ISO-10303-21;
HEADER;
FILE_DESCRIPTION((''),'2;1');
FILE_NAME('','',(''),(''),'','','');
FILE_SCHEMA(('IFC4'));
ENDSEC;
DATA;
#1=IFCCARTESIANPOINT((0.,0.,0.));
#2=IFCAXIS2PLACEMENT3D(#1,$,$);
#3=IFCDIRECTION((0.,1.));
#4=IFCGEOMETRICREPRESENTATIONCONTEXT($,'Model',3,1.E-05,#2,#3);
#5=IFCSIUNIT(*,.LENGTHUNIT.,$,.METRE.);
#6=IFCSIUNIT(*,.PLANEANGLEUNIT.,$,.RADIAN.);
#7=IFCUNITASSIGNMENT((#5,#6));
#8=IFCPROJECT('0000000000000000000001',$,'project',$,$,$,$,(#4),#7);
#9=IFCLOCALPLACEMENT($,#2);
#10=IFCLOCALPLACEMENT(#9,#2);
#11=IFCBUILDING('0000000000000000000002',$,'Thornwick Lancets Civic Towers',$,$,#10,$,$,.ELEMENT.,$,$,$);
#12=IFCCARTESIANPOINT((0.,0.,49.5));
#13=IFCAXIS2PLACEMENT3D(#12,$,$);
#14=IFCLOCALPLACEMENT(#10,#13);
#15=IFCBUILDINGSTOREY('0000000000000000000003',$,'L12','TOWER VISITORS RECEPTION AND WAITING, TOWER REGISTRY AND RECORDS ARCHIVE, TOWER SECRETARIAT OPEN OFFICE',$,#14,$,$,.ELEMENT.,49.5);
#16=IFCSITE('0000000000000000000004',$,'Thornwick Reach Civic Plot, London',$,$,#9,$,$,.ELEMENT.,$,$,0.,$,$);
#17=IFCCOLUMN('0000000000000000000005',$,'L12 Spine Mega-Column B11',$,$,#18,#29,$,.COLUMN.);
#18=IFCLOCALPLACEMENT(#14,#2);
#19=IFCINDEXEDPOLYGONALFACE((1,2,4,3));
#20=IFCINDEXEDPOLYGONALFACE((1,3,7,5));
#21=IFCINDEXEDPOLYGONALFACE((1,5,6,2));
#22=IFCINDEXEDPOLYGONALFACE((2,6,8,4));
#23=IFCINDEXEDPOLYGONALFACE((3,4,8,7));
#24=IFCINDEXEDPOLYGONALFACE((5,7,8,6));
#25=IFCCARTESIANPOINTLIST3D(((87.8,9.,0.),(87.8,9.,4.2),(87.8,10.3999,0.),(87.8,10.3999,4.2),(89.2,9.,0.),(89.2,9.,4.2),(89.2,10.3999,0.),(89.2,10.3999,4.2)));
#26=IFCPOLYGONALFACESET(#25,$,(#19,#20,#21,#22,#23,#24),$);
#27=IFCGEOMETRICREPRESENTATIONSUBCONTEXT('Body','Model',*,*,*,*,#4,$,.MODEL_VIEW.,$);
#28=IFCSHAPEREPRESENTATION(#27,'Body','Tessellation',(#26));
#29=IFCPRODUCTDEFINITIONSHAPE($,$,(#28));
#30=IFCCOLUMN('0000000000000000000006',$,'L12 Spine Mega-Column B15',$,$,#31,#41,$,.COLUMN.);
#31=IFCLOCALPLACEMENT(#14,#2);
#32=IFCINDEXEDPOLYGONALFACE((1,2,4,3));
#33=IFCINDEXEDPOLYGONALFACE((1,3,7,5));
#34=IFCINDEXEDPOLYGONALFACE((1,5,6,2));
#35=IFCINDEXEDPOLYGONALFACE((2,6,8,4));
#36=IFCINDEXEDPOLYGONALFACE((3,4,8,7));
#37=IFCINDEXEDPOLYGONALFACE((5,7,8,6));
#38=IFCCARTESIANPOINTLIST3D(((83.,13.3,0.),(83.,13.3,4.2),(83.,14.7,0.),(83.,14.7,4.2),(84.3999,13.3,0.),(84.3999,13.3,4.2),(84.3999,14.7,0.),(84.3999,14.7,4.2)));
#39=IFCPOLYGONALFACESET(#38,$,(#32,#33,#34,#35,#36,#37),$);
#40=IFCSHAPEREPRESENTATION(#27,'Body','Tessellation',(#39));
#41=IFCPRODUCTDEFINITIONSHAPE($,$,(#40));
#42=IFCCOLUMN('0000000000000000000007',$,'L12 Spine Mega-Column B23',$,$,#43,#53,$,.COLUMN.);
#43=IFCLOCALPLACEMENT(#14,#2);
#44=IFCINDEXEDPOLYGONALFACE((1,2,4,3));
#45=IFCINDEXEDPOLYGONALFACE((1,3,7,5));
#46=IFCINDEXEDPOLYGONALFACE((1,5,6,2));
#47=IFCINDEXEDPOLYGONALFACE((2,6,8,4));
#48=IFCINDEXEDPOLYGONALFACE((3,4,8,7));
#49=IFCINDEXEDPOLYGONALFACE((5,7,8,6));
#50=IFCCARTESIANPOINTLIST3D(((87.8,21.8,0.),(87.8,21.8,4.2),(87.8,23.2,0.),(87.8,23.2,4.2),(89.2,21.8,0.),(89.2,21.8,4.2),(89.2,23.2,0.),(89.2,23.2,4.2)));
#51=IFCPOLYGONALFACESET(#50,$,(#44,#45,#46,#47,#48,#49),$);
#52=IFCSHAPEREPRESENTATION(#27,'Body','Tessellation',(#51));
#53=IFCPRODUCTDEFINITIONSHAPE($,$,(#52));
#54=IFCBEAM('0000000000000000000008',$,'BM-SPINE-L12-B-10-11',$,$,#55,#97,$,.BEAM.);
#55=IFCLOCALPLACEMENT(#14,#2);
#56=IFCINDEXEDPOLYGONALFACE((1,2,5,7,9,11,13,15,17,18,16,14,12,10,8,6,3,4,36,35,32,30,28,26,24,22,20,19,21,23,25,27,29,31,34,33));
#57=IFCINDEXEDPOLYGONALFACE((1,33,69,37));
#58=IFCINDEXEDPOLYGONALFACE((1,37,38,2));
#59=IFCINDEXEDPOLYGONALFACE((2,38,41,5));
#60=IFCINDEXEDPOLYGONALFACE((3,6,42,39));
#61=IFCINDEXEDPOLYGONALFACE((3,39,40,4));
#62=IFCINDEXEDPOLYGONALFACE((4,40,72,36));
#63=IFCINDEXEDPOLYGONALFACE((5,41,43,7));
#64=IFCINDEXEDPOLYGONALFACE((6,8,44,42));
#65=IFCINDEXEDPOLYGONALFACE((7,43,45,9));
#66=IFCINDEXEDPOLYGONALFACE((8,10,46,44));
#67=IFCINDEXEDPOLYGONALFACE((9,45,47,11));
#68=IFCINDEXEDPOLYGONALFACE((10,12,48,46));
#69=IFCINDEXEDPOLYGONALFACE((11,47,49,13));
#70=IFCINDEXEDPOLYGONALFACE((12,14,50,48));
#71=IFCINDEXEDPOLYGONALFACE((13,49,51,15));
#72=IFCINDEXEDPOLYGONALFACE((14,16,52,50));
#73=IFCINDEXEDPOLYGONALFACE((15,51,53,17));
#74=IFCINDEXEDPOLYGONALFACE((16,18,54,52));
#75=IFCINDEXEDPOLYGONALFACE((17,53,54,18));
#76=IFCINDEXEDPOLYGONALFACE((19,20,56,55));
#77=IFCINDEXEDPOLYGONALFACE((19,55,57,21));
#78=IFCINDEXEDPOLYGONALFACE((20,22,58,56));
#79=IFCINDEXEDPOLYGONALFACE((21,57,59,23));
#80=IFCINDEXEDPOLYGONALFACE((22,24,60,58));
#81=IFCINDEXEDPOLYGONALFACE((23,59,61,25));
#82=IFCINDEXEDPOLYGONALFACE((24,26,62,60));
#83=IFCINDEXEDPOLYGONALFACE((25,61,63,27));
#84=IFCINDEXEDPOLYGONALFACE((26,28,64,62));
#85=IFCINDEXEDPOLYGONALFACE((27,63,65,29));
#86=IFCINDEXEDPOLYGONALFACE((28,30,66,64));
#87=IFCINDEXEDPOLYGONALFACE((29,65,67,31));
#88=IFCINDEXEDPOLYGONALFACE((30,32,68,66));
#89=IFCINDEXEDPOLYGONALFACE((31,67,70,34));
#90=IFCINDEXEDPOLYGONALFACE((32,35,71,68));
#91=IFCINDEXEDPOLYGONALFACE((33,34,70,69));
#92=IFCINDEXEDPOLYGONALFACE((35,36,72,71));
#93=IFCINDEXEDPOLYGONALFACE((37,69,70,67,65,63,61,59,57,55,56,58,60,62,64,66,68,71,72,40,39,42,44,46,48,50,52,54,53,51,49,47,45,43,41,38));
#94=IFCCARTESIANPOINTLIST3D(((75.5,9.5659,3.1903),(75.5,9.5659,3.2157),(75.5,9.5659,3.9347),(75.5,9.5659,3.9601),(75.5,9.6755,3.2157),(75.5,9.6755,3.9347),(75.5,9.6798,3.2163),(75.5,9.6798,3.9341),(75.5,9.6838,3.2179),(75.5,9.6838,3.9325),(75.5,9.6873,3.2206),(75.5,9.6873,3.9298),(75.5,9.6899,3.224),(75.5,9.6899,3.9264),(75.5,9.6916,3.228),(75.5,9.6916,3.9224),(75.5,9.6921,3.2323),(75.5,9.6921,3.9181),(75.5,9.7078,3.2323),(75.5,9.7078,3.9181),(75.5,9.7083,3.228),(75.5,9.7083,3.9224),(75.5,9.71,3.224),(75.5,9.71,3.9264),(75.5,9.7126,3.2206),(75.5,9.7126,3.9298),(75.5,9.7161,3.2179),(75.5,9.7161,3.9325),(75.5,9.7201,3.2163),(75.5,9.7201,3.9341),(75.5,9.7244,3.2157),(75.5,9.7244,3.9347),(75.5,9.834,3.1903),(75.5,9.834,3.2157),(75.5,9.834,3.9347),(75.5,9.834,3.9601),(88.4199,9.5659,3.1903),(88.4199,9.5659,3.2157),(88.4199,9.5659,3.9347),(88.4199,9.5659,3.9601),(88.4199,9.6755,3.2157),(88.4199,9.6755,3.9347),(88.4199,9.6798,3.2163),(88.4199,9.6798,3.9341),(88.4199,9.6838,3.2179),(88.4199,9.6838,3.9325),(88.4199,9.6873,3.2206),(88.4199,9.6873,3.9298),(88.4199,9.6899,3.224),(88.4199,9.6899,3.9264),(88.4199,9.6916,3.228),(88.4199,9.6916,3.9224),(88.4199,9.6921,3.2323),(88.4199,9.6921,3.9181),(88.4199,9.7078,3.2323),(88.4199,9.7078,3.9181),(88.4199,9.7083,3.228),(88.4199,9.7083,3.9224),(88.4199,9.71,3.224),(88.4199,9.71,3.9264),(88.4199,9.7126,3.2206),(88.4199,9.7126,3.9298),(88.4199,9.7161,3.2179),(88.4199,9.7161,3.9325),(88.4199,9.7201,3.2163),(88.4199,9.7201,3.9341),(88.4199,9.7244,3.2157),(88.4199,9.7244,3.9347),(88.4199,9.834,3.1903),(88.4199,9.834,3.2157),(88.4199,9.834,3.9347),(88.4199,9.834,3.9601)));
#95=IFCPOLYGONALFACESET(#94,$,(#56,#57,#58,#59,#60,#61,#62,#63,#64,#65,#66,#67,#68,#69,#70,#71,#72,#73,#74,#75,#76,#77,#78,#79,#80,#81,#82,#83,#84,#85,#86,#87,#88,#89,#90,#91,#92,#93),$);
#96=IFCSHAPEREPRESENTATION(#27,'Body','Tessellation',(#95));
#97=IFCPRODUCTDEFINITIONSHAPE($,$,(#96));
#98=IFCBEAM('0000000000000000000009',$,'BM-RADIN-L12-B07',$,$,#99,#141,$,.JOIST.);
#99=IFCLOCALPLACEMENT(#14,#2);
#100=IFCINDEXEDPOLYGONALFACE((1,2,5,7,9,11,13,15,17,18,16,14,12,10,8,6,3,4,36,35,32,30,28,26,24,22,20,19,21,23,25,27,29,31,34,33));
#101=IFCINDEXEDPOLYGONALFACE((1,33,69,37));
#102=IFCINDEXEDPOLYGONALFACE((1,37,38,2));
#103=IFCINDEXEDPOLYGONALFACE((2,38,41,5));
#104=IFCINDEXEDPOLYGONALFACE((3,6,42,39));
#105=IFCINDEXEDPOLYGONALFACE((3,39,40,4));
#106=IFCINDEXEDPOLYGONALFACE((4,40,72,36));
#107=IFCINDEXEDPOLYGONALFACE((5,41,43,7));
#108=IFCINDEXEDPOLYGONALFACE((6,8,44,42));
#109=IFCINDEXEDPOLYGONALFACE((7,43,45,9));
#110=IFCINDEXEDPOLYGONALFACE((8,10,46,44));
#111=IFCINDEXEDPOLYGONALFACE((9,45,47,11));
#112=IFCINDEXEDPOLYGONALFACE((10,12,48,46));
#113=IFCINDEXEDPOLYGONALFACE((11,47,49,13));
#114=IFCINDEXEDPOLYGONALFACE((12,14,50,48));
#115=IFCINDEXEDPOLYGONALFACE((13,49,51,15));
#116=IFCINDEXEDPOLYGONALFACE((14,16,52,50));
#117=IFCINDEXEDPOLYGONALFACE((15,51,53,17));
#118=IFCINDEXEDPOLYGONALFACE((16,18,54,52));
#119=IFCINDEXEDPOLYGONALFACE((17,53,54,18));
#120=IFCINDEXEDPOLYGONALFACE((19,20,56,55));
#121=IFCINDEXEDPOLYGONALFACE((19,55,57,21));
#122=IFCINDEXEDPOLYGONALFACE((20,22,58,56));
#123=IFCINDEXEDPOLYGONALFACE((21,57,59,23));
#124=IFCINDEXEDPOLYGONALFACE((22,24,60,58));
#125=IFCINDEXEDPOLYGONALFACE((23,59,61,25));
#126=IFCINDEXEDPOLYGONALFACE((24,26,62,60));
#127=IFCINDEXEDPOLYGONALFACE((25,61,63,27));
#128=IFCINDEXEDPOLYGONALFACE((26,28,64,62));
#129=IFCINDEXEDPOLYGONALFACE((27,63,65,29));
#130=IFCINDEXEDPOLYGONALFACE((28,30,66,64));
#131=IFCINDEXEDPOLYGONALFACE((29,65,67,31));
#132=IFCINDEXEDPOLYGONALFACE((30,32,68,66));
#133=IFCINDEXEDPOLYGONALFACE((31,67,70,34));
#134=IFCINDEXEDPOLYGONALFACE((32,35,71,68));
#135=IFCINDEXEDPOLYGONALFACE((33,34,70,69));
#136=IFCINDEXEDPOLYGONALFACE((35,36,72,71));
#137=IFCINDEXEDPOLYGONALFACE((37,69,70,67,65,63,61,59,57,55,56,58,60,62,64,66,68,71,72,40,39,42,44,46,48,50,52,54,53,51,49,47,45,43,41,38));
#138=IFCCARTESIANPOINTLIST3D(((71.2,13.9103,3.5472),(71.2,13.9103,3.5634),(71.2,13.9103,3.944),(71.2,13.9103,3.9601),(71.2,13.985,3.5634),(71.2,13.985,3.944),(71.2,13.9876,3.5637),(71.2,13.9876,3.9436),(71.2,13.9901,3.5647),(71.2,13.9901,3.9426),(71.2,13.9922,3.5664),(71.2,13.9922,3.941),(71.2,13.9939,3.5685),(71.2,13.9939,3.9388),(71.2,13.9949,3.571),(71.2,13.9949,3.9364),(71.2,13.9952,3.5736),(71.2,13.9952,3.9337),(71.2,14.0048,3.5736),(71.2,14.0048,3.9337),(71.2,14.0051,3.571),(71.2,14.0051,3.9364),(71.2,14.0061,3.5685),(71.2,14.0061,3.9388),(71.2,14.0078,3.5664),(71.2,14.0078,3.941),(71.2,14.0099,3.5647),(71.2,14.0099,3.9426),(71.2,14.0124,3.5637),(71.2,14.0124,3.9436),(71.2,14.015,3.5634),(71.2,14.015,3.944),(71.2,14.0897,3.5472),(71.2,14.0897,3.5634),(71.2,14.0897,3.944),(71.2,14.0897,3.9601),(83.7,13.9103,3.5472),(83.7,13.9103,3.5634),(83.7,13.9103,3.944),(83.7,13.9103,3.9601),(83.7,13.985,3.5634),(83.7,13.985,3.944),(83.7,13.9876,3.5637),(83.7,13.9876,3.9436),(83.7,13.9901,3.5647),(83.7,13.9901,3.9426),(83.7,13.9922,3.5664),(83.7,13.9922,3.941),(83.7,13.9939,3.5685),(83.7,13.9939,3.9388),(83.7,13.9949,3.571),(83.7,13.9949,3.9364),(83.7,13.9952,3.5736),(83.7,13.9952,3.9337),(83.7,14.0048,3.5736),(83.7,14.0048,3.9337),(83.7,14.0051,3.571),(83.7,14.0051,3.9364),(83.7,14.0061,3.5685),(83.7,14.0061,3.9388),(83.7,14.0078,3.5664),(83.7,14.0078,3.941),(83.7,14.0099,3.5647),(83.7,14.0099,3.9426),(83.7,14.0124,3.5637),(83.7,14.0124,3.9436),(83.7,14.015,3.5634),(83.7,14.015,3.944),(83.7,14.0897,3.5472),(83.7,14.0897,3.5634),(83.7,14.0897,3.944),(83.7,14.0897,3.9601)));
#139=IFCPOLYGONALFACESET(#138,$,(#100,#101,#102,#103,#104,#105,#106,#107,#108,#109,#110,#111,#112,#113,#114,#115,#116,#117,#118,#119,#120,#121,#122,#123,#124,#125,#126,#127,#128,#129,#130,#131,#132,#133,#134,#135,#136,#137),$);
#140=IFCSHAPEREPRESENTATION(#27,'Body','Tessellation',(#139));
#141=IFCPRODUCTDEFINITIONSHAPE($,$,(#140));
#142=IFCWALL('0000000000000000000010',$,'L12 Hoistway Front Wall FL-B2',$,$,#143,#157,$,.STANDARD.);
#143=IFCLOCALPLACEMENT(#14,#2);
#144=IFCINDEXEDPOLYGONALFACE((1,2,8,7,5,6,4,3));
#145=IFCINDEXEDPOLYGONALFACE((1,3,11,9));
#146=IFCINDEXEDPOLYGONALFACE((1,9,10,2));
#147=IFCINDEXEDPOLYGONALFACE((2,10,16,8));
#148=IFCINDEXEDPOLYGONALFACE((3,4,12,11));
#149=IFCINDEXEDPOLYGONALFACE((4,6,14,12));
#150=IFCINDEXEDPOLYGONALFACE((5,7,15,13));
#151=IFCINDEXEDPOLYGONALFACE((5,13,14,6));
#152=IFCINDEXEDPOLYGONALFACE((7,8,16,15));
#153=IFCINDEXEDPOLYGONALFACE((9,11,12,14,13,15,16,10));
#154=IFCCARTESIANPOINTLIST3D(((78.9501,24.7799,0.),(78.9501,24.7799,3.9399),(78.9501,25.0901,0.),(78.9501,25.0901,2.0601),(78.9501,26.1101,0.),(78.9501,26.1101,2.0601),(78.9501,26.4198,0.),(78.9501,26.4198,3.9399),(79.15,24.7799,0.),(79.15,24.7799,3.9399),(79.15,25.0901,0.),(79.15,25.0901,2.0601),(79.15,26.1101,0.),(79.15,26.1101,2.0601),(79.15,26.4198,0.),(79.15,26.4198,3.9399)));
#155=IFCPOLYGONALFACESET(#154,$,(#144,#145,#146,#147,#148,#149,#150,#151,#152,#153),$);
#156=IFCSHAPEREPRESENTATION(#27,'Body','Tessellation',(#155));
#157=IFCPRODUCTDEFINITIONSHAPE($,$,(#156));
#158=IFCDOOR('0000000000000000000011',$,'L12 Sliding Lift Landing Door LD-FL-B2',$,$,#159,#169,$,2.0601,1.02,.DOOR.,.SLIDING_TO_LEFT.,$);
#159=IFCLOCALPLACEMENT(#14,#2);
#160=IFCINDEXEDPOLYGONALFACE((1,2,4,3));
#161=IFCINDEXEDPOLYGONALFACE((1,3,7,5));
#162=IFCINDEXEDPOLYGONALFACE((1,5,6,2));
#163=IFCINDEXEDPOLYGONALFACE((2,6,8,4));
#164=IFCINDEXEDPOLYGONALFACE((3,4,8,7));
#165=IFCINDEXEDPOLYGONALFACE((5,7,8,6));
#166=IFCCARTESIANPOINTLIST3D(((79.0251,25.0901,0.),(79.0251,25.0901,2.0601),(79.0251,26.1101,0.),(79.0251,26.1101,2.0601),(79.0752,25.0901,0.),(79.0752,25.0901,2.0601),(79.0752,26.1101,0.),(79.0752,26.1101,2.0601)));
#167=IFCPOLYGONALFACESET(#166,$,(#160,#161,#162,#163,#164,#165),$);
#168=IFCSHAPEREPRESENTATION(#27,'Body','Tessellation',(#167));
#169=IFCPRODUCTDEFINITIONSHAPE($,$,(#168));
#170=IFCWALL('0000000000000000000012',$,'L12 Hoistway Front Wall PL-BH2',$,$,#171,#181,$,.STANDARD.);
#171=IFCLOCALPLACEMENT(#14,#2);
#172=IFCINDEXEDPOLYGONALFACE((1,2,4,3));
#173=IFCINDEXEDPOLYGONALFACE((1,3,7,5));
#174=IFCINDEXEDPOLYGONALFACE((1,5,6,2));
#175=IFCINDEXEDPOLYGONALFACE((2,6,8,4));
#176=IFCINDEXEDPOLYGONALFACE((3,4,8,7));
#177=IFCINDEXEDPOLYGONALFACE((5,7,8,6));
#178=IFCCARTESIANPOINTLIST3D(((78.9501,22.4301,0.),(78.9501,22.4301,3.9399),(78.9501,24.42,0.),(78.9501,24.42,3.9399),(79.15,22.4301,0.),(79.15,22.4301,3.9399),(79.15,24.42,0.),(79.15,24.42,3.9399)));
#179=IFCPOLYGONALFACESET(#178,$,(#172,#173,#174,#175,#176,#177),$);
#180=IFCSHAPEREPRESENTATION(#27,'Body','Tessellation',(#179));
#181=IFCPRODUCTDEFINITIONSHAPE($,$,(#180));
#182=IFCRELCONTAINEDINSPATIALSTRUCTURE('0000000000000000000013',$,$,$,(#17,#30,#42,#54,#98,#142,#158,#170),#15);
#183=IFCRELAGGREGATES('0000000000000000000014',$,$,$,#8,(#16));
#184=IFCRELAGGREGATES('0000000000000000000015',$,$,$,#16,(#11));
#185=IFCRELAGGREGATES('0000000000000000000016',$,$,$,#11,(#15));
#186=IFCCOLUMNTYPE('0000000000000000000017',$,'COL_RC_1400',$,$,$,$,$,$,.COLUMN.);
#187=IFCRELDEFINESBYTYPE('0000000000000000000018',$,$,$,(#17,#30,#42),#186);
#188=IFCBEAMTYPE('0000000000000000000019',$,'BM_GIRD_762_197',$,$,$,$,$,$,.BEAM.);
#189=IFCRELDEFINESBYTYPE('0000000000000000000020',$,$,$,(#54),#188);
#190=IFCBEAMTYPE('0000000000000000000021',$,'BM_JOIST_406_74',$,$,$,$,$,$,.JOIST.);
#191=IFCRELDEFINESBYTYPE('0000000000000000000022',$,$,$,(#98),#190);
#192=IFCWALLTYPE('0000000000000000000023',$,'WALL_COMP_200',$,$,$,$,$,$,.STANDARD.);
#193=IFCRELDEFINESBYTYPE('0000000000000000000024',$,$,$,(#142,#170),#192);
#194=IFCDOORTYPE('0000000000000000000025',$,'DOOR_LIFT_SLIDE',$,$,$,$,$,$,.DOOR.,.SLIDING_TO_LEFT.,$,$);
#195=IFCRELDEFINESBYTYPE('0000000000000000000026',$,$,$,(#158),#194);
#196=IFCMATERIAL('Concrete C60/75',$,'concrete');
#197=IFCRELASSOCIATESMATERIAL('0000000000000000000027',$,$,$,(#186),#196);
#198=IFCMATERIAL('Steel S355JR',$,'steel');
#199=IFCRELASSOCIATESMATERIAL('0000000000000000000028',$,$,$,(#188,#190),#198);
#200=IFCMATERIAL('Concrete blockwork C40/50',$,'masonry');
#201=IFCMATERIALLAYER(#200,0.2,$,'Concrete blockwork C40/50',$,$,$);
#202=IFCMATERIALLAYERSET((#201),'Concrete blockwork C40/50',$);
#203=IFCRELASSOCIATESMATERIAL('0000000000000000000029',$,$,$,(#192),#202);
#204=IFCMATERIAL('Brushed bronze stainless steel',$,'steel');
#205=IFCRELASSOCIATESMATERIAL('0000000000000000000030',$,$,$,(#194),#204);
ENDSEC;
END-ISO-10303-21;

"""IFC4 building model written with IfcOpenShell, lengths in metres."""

from ifc_helpers import new_model, si_unit, direction, frame, frame_2d, origin, origin_2d, place, context, subcontext, project, spatial, rectangle, i_section, extrude, material, layer, layer_set, material_profile, profile_set, type_object, element, fill, save


model = new_model("IFC4")

# Units and contexts
model_context = context("Model", 3, precision=1e-05, world=origin(), true_north=direction((0.0, 1.0)))
body_context = subcontext(model_context, "Body", "Model", "MODEL_VIEW")
ifc_project = project(units=[si_unit("LENGTHUNIT", "METRE"), si_unit("PLANEANGLEUNIT", "RADIAN")], contexts=[model_context])

# Site, building, storey
site_placement = place(None, origin())
site = spatial("IfcSite", under=ifc_project, at=site_placement, Name="Thornwick Reach Civic Plot, London", CompositionType="ELEMENT", RefElevation=0.0)
building_placement = place(site_placement, origin())
building = spatial("IfcBuilding", under=site, at=building_placement, Name="Thornwick Lancets Civic Towers", CompositionType="ELEMENT")
storey_placement = place(building_placement, frame((0.0, 0.0, 49.5)))
storey = spatial("IfcBuildingStorey", under=building, at=storey_placement, Name="L12", Description="TOWER VISITORS RECEPTION AND WAITING, TOWER REGISTRY AND RECORDS ARCHIVE, TOWER SECRETARIAT OPEN OFFICE", CompositionType="ELEMENT", Elevation=49.5)

# Columns
ifc_material_1 = material(Name="Concrete C60/75", Category="concrete")
ifc_material_profile_1 = material_profile(ifc_material_1, rectangle(XDim=1.3999, YDim=1.3999, at=origin_2d()), Name="RC 1400x1400")
ifc_profile_set_1 = profile_set([ifc_material_profile_1], Name="Concrete C60/75")
column_type = type_object("IfcColumnType", Name="COL_RC_1400", PredefinedType="COLUMN", material=ifc_profile_set_1)
for number, where, z_axis, x_axis, name in (
    (1, (88.5, 9.7, 0.0), (0.0, 0.0, 1.0), (1.0, 0.0, 0.0), "L12 Spine Mega-Column B11"),
    (2, (83.7, 14.0, 0.0), (0.0, 0.0, 1.0), (1.0, 0.0, 0.0), "L12 Spine Mega-Column B15"),
    (3, (88.5, 22.5, 0.0), (0.0, 0.0, 1.0), (1.0, 0.0, 0.0), "L12 Spine Mega-Column B23"),
):
    element("IfcColumn", number, at=place(storey_placement, frame(where, z_axis=z_axis, x_axis=x_axis)), inside=storey, type_object=column_type, Name=name, PredefinedType="COLUMN", context=body_context, shape_type="SweptSolid", body=[
        extrude(rectangle(XDim=1.3999, YDim=1.3999, at=origin_2d()), origin(), (0.0, 0.0, 1.0), 4.2),
    ])

# Beams
ifc_material_2 = material(Name="Steel S355JR", Category="steel")
ifc_material_profile_2 = material_profile(ifc_material_2, i_section(OverallWidth=0.2681, OverallDepth=0.7698, WebThickness=0.0156, FlangeThickness=0.0254, FilletRadius=0.0166, at=origin_2d()), Name="UKB 762x267x197")
ifc_profile_set_2 = profile_set([ifc_material_profile_2], Name="Steel S355JR")
beam_type_1 = type_object("IfcBeamType", Name="BM_GIRD_762_197", PredefinedType="BEAM", material=ifc_profile_set_2)
beam_1_placement = place(storey_placement, frame((88.4199, 9.7, 3.5752), z_axis=(-1.0, 0.0, 0.0), x_axis=(0.0, -1.0, 0.0)))
element("IfcBeam", 4, at=beam_1_placement, inside=storey, type_object=beam_type_1, Name="BM-SPINE-L12-B-10-11", PredefinedType="BEAM", context=body_context, shape_type="SweptSolid", body=[
    extrude(i_section(OverallWidth=0.2681, OverallDepth=0.7698, WebThickness=0.0156, FlangeThickness=0.0254, FilletRadius=0.0166, at=origin_2d()), origin(), (0.0, 0.0, 1.0), 12.9199),
])
ifc_material_profile_3 = material_profile(ifc_material_2, i_section(OverallWidth=0.1794, OverallDepth=0.4128, WebThickness=0.0095, FlangeThickness=0.0161, FilletRadius=0.0103, at=origin_2d()), Name="UKB 406x178x74")
ifc_profile_set_3 = profile_set([ifc_material_profile_3], Name="Steel S355JR")
beam_type_2 = type_object("IfcBeamType", Name="BM_JOIST_406_74", PredefinedType="JOIST", material=ifc_profile_set_3)
beam_2_placement = place(storey_placement, frame((83.7, 14.0, 3.7537), z_axis=(-1.0, 0.0, 0.0), x_axis=(0.0, -1.0, 0.0)))
element("IfcBeam", 5, at=beam_2_placement, inside=storey, type_object=beam_type_2, Name="BM-RADIN-L12-B07", PredefinedType="JOIST", context=body_context, shape_type="SweptSolid", body=[
    extrude(i_section(OverallWidth=0.1794, OverallDepth=0.4128, WebThickness=0.0095, FlangeThickness=0.0161, FilletRadius=0.0103, at=origin_2d()), origin(), (0.0, 0.0, 1.0), 12.5),
])

# Wall, opening, door
ifc_material_3 = material(Name="Concrete blockwork C40/50", Category="masonry")
ifc_layer_1 = layer(ifc_material_3, 0.2, Name="Concrete blockwork C40/50")
ifc_layer_set_1 = layer_set([ifc_layer_1], Name="Concrete blockwork C40/50")
wall_type_1 = type_object("IfcWallType", Name="WALL_COMP_200", PredefinedType="STANDARD", material=ifc_layer_set_1)
wall_1_placement = place(storey_placement, frame((79.05, 24.78, 0.0), z_axis=(0.0, 0.0, 1.0), x_axis=(0.0, 1.0, 0.0)))
wall_1 = element("IfcWall", 6, at=wall_1_placement, inside=storey, type_object=wall_type_1, Name="L12 Hoistway Front Wall FL-B2", PredefinedType="STANDARD", context=body_context, shape_type="SweptSolid", body=[
    extrude(rectangle(XDim=1.6399, YDim=0.2, at=frame_2d((0.8198, 0.0))), origin(), (0.0, 0.0, 1.0), 3.9399),
])
opening_1_placement = place(wall_1_placement, frame((0.3101, 0.0, 0.0)))
opening_1 = element("IfcOpeningElement", 7, at=opening_1_placement, cuts=wall_1, PredefinedType="OPENING", context=body_context, shape_type="SweptSolid", body=[
    extrude(rectangle(XDim=1.02, YDim=2.0601, at=frame_2d((0.51, 1.03))), frame((0.0, 0.1099, 0.0), z_axis=(0.0, -1.0, 0.0), x_axis=(1.0, 0.0, 0.0)), (0.0, 0.0, 1.0), 0.22),
])
ifc_material_4 = material(Name="Brushed bronze stainless steel", Category="steel")
door_type_1 = type_object("IfcDoorType", Name="DOOR_LIFT_SLIDE", OperationType="SLIDING_TO_LEFT", PredefinedType="DOOR", material=ifc_material_4)
door_1_placement = place(opening_1_placement, origin())
door_1 = element("IfcDoor", 8, at=door_1_placement, inside=storey, type_object=door_type_1, Name="L12 Sliding Lift Landing Door LD-FL-B2", OperationType="SLIDING_TO_LEFT", OverallHeight=2.0601, OverallWidth=1.02, PredefinedType="DOOR", context=body_context, shape_type="SweptSolid", body=[
    extrude(rectangle(XDim=1.02, YDim=2.0601, at=frame_2d((0.51, 1.03))), frame((0.0, 0.0249, 0.0), z_axis=(0.0, -1.0, 0.0), x_axis=(1.0, 0.0, 0.0)), (0.0, 0.0, 1.0), 0.05),
])
fill(opening_1, door_1)

# Wall
wall_2_placement = place(storey_placement, frame((79.05, 22.4299, 0.0), z_axis=(0.0, 0.0, 1.0), x_axis=(0.0, 1.0, 0.0)))
element("IfcWall", 9, at=wall_2_placement, inside=storey, type_object=wall_type_1, Name="L12 Hoistway Front Wall PL-BH2", PredefinedType="STANDARD", context=body_context, shape_type="SweptSolid", body=[
    extrude(rectangle(XDim=1.99, YDim=0.2, at=frame_2d((0.9951, 0.0))), origin(), (0.0, 0.0, 1.0), 3.9399),
])

save(model, "model.ifc")
